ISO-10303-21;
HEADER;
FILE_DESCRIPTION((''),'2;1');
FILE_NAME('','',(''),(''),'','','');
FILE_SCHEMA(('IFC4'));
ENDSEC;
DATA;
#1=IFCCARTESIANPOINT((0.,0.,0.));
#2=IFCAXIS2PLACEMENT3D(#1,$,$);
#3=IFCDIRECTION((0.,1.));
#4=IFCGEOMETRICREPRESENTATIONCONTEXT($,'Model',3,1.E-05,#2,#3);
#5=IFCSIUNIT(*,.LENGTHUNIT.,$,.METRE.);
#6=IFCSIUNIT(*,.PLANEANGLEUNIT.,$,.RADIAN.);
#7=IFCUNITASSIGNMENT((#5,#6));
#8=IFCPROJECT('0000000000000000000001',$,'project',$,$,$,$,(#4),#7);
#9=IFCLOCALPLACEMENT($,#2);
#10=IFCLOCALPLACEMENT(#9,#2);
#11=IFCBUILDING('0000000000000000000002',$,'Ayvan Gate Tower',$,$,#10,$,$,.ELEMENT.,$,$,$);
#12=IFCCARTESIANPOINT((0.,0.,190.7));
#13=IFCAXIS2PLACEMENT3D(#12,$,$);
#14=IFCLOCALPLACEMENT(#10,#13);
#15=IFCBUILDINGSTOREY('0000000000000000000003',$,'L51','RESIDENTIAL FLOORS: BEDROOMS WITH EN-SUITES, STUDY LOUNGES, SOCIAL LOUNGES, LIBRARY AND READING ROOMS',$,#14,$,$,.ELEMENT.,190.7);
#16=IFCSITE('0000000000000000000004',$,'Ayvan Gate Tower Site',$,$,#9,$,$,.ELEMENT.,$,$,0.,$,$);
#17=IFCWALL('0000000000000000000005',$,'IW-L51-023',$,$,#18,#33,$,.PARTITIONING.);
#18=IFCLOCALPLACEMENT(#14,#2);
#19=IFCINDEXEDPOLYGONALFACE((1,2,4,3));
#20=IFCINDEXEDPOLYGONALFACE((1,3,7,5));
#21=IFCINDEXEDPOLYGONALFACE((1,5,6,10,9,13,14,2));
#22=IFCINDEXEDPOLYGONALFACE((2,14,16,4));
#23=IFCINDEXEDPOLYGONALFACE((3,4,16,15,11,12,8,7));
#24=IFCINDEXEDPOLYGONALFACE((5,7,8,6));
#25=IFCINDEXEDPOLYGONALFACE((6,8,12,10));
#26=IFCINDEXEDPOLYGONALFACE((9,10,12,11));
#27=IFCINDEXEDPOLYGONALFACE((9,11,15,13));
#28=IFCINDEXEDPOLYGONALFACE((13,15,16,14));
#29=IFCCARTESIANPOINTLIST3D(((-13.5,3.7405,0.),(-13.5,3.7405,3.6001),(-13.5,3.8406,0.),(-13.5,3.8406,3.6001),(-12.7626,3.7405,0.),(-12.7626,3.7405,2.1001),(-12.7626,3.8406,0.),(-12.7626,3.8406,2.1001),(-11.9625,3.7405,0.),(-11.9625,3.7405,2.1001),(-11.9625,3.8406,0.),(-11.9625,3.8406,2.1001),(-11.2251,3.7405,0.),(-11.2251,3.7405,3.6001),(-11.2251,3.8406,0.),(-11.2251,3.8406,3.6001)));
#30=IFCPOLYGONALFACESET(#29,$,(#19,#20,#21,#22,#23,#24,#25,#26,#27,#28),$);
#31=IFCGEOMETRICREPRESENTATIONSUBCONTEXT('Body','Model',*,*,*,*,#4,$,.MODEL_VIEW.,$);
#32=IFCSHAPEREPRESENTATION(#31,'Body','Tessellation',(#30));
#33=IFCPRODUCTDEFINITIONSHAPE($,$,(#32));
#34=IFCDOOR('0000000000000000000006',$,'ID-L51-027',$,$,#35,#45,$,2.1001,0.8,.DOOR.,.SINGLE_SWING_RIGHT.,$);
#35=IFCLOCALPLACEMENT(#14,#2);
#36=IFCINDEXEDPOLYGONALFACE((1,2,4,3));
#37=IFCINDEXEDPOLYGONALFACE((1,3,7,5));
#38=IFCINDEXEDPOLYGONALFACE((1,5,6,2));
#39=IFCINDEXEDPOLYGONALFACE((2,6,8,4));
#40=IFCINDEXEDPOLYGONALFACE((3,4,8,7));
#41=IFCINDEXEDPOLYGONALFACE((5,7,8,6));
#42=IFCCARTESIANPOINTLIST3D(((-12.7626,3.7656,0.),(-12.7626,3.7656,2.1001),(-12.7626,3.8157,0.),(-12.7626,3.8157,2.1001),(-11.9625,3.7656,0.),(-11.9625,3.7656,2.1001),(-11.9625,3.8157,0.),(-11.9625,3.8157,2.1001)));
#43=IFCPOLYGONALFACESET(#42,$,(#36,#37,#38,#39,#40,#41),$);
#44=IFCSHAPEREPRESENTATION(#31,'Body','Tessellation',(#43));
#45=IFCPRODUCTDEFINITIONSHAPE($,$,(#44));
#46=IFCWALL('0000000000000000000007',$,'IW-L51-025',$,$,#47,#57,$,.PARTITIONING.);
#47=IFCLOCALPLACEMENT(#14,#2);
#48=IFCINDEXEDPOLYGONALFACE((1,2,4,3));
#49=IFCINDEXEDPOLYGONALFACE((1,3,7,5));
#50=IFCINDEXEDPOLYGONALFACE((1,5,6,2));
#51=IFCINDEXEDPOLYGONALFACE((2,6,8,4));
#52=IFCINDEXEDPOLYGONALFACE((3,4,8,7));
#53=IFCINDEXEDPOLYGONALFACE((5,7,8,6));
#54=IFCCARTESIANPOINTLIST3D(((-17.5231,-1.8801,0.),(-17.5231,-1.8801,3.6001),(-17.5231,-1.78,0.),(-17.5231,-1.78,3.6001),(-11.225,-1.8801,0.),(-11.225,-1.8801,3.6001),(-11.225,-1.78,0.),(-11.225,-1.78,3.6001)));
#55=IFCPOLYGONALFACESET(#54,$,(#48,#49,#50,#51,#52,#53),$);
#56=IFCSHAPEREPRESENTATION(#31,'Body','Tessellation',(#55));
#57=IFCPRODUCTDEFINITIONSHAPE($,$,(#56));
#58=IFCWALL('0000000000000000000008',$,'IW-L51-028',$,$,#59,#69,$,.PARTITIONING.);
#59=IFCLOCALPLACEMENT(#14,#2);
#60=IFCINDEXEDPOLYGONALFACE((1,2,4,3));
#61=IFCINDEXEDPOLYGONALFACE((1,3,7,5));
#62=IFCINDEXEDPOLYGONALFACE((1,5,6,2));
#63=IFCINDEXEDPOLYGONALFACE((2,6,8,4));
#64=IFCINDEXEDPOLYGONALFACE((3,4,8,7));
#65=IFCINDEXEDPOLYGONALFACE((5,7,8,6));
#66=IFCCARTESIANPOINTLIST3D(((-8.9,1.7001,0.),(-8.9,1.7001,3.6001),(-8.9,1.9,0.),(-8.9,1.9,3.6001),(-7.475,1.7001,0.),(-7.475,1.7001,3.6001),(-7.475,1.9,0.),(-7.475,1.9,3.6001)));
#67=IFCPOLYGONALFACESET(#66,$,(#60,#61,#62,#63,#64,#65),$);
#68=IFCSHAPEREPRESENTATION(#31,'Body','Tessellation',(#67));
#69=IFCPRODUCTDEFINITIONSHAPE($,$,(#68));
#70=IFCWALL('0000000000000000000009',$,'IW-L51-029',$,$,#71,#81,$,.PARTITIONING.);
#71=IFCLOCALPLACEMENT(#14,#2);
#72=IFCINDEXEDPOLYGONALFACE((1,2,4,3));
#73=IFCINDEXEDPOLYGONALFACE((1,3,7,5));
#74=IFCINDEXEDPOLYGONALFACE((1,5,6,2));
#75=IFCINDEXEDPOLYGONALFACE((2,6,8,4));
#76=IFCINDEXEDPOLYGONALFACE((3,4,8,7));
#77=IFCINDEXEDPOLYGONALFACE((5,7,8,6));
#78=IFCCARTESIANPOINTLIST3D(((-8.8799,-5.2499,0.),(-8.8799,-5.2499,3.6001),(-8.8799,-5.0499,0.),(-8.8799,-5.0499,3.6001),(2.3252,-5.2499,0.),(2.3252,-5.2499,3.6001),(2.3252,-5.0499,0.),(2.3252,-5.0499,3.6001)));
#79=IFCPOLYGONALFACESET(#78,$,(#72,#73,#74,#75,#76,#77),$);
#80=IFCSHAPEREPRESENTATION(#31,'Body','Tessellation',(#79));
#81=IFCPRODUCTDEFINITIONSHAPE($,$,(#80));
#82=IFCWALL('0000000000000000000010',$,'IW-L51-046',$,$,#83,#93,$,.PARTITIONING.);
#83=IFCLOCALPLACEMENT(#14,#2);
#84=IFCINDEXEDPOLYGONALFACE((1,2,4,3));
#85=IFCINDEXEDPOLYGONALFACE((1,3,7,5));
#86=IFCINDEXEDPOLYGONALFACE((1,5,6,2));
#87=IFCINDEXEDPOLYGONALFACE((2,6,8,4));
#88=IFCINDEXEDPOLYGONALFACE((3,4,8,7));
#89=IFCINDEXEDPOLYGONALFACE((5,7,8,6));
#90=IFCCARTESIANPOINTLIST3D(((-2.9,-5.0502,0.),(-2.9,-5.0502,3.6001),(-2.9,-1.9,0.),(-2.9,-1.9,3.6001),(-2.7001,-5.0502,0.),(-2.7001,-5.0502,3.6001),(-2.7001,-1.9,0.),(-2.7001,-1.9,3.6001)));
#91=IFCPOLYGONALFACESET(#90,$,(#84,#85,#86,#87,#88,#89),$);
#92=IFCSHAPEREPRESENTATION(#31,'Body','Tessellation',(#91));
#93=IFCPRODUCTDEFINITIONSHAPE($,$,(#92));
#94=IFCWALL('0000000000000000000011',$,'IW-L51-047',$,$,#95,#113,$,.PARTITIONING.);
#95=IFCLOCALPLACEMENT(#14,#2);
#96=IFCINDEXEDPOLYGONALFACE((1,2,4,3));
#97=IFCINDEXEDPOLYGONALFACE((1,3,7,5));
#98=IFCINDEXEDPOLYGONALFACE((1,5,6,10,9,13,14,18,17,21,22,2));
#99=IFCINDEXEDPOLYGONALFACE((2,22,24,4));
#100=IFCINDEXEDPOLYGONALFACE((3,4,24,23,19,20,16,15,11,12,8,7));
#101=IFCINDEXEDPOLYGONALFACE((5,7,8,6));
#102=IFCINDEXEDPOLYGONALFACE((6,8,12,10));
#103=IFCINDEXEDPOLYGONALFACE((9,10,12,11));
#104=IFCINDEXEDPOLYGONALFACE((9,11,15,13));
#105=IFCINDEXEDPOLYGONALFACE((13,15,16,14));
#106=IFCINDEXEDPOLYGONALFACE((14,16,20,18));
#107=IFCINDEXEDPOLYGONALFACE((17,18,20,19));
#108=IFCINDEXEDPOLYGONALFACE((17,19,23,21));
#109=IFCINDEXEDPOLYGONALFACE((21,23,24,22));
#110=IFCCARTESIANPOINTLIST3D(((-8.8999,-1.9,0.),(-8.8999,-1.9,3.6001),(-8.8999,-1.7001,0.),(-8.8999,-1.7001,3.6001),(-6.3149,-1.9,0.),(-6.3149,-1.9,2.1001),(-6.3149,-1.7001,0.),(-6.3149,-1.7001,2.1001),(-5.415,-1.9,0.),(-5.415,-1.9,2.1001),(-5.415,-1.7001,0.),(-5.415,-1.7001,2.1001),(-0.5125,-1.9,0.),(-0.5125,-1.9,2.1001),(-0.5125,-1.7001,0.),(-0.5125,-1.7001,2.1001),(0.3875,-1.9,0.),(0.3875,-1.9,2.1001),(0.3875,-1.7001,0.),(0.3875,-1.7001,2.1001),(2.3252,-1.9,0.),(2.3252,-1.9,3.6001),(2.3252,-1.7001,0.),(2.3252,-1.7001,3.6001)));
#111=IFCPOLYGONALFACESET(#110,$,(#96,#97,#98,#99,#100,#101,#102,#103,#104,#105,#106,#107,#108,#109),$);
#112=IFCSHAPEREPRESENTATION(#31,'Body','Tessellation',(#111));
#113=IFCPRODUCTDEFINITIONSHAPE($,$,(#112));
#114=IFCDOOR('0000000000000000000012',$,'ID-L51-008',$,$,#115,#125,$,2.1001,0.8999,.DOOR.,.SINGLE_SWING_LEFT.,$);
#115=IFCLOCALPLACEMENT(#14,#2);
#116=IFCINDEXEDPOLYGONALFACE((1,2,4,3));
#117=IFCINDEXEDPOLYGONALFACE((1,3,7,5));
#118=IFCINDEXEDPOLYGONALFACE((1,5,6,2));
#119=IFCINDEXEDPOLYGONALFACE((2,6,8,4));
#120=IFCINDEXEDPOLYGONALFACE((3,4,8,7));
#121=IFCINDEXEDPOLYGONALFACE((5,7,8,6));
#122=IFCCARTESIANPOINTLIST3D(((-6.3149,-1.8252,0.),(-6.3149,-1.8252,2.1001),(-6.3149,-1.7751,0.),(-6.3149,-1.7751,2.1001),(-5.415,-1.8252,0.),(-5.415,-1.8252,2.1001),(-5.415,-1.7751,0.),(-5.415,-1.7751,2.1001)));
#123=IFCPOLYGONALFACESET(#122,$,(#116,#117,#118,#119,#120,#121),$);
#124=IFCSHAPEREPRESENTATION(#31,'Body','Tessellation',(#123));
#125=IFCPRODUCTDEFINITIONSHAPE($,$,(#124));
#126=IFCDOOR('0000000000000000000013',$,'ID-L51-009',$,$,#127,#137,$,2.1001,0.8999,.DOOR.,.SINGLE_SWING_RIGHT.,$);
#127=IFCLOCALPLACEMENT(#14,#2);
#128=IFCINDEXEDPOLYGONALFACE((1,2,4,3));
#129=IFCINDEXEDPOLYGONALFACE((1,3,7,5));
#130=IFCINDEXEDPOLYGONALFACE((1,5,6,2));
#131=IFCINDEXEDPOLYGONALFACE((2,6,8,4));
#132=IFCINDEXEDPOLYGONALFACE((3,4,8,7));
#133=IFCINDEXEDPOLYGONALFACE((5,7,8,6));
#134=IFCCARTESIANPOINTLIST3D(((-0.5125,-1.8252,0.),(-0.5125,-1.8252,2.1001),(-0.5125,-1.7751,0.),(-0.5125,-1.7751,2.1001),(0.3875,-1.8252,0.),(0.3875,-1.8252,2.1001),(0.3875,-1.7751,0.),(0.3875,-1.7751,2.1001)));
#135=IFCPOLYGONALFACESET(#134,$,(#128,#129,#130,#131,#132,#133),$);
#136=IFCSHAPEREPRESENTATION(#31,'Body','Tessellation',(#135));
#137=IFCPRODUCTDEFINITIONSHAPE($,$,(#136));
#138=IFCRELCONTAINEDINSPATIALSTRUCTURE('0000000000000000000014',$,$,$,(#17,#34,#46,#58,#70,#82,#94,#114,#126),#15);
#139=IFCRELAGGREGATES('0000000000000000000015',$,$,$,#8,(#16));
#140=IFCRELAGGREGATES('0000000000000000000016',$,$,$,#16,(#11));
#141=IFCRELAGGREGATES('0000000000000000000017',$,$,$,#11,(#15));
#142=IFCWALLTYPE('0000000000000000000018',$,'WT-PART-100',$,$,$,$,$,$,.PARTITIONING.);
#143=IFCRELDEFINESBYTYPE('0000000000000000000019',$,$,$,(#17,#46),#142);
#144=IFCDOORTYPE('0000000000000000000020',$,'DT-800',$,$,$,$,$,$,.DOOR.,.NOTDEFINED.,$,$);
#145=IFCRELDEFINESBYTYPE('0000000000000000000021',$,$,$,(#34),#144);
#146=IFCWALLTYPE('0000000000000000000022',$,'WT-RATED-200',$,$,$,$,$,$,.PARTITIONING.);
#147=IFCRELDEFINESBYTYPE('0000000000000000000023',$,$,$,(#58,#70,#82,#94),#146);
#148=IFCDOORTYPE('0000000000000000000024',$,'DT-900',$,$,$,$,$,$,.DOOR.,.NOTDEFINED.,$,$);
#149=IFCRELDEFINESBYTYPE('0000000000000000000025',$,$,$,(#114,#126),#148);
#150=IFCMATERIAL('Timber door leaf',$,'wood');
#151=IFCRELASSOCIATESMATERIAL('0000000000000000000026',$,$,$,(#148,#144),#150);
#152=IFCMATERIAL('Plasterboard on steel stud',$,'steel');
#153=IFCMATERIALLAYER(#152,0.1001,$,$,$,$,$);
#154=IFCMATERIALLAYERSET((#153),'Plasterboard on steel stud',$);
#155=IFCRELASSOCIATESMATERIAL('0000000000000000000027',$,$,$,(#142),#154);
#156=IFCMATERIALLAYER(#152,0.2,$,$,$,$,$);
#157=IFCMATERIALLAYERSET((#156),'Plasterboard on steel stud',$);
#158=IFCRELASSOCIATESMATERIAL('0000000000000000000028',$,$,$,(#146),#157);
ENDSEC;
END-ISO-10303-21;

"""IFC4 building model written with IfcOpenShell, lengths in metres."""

from ifc_helpers import new_model, si_unit, direction, frame, frame_2d, origin, place, context, subcontext, project, spatial, rectangle, extrude, material, layer, layer_set, type_object, element, fill, save


model = new_model("IFC4")

# Units and contexts
model_context = context("Model", 3, precision=1e-05, world=origin(), true_north=direction((0.0, 1.0)))
body_context = subcontext(model_context, "Body", "Model", "MODEL_VIEW")
ifc_project = project(units=[si_unit("LENGTHUNIT", "METRE"), si_unit("PLANEANGLEUNIT", "RADIAN")], contexts=[model_context])

# Site, building, storey
site_placement = place(None, origin())
site = spatial("IfcSite", under=ifc_project, at=site_placement, Name="Ayvan Gate Tower Site", CompositionType="ELEMENT", RefElevation=0.0)
building_placement = place(site_placement, origin())
building = spatial("IfcBuilding", under=site, at=building_placement, Name="Ayvan Gate Tower", CompositionType="ELEMENT")
storey_placement = place(building_placement, frame((0.0, 0.0, 190.7)))
storey = spatial("IfcBuildingStorey", under=building, at=storey_placement, Name="L51", Description="RESIDENTIAL FLOORS: BEDROOMS WITH EN-SUITES, STUDY LOUNGES, SOCIAL LOUNGES, LIBRARY AND READING ROOMS", CompositionType="ELEMENT", Elevation=190.7)

# Shared definitions
ifc_material_1 = material(Name="Timber door leaf", Category="wood")
door_type_1 = type_object("IfcDoorType", Name="DT-900", OperationType="NOTDEFINED", PredefinedType="DOOR", material=ifc_material_1)

# Shared definitions
ifc_material_2 = material(Name="Plasterboard on steel stud", Category="steel")
ifc_layer_1 = layer(ifc_material_2, 0.1001)
ifc_layer_set_1 = layer_set([ifc_layer_1], Name="Plasterboard on steel stud")
wall_type_1 = type_object("IfcWallType", Name="WT-PART-100", PredefinedType="PARTITIONING", material=ifc_layer_set_1)

# Wall, opening, door
wall_1_placement = place(storey_placement, frame((-11.2251, 3.7905, 0.0), z_axis=(0.0, 0.0, 1.0), x_axis=(-1.0, 0.0, 0.0)))
wall_1 = element("IfcWall", 1, at=wall_1_placement, inside=storey, type_object=wall_type_1, Name="IW-L51-023", PredefinedType="PARTITIONING", context=body_context, shape_type="SweptSolid", body=[
    extrude(rectangle(XDim=2.2749, YDim=0.1001, at=frame_2d((1.1375, 0.0))), origin(), (0.0, 0.0, 1.0), 3.6001),
])
opening_1_placement = place(wall_1_placement, frame((0.7375, 0.0, 0.0)))
opening_1 = element("IfcOpeningElement", 2, at=opening_1_placement, cuts=wall_1, PredefinedType="OPENING", context=body_context, shape_type="SweptSolid", body=[
    extrude(rectangle(XDim=0.8, YDim=2.1001, at=frame_2d((0.3999, 1.05))), frame((0.0, 0.0601, 0.0), z_axis=(0.0, -1.0, 0.0), x_axis=(1.0, 0.0, 0.0)), (0.0, 0.0, 1.0), 0.1201),
])
door_type_2 = type_object("IfcDoorType", Name="DT-800", OperationType="NOTDEFINED", PredefinedType="DOOR", material=ifc_material_1)
door_1_placement = place(opening_1_placement, origin())
door_1 = element("IfcDoor", 3, at=door_1_placement, inside=storey, type_object=door_type_2, Name="ID-L51-027", OperationType="SINGLE_SWING_RIGHT", OverallHeight=2.1001, OverallWidth=0.8, PredefinedType="DOOR", context=body_context, shape_type="SweptSolid", body=[
    extrude(rectangle(XDim=0.8, YDim=2.1001, at=frame_2d((0.3999, 1.05))), frame((0.0, 0.0249, 0.0), z_axis=(0.0, -1.0, 0.0), x_axis=(1.0, 0.0, 0.0)), (0.0, 0.0, 1.0), 0.05),
])
fill(opening_1, door_1)

# Walls
wall_2_placement = place(storey_placement, frame((-11.2251, -1.8301, 0.0), z_axis=(0.0, 0.0, 1.0), x_axis=(-1.0, 0.0, 0.0)))
element("IfcWall", 4, at=wall_2_placement, inside=storey, type_object=wall_type_1, Name="IW-L51-025", PredefinedType="PARTITIONING", context=body_context, shape_type="SweptSolid", body=[
    extrude(rectangle(XDim=6.2981, YDim=0.1001, at=frame_2d((3.1489, 0.0))), origin(), (0.0, 0.0, 1.0), 3.6001),
])
ifc_layer_2 = layer(ifc_material_2, 0.2)
ifc_layer_set_2 = layer_set([ifc_layer_2], Name="Plasterboard on steel stud")
wall_type_2 = type_object("IfcWallType", Name="WT-RATED-200", PredefinedType="PARTITIONING", material=ifc_layer_set_2)
wall_3_placement = place(storey_placement, frame((-8.8999, 1.8, 0.0), z_axis=(0.0, 0.0, 1.0), x_axis=(1.0, 0.0, 0.0)))
element("IfcWall", 5, at=wall_3_placement, inside=storey, type_object=wall_type_2, Name="IW-L51-028", PredefinedType="PARTITIONING", context=body_context, shape_type="SweptSolid", body=[
    extrude(rectangle(XDim=1.425, YDim=0.2, at=frame_2d((0.7124, 0.0))), origin(), (0.0, 0.0, 1.0), 3.6001),
])
wall_4_placement = place(storey_placement, frame((-8.8799, -5.1499, 0.0), z_axis=(0.0, 0.0, 1.0), x_axis=(1.0, 0.0, 0.0)))
element("IfcWall", 6, at=wall_4_placement, inside=storey, type_object=wall_type_2, Name="IW-L51-029", PredefinedType="PARTITIONING", context=body_context, shape_type="SweptSolid", body=[
    extrude(rectangle(XDim=11.2051, YDim=0.2, at=frame_2d((5.6025, 0.0))), origin(), (0.0, 0.0, 1.0), 3.6001),
])
wall_5_placement = place(storey_placement, frame((-2.8, -1.8999, 0.0), z_axis=(0.0, 0.0, 1.0), x_axis=(0.0, -1.0, 0.0)))
element("IfcWall", 7, at=wall_5_placement, inside=storey, type_object=wall_type_2, Name="IW-L51-046", PredefinedType="PARTITIONING", context=body_context, shape_type="SweptSolid", body=[
    extrude(rectangle(XDim=3.1501, YDim=0.2, at=frame_2d((1.5752, 0.0))), origin(), (0.0, 0.0, 1.0), 3.6001),
])

# Wall, openings, doors
wall_6_placement = place(storey_placement, frame((-8.8999, -1.8, 0.0), z_axis=(0.0, 0.0, 1.0), x_axis=(1.0, 0.0, 0.0)))
wall_6 = element("IfcWall", 8, at=wall_6_placement, inside=storey, type_object=wall_type_2, Name="IW-L51-047", PredefinedType="PARTITIONING", context=body_context, shape_type="SweptSolid", body=[
    extrude(rectangle(XDim=11.2251, YDim=0.2, at=frame_2d((5.6125, 0.0))), origin(), (0.0, 0.0, 1.0), 3.6001),
])
opening_2_placement = place(wall_6_placement, frame((2.585, 0.0, 0.0)))
opening_2 = element("IfcOpeningElement", 9, at=opening_2_placement, cuts=wall_6, PredefinedType="OPENING", context=body_context, shape_type="SweptSolid", body=[
    extrude(rectangle(XDim=0.8999, YDim=2.1001, at=frame_2d((0.45, 1.05))), frame((0.0, 0.1099, 0.0), z_axis=(0.0, -1.0, 0.0), x_axis=(1.0, 0.0, 0.0)), (0.0, 0.0, 1.0), 0.22),
])
opening_3_placement = place(wall_6_placement, frame((8.3875, 0.0, 0.0)))
opening_3 = element("IfcOpeningElement", 10, at=opening_3_placement, cuts=wall_6, PredefinedType="OPENING", context=body_context, shape_type="SweptSolid", body=[
    extrude(rectangle(XDim=0.8999, YDim=2.1001, at=frame_2d((0.45, 1.05))), frame((0.0, 0.1099, 0.0), z_axis=(0.0, -1.0, 0.0), x_axis=(1.0, 0.0, 0.0)), (0.0, 0.0, 1.0), 0.22),
])
door_2_placement = place(opening_2_placement, origin())
door_2 = element("IfcDoor", 11, at=door_2_placement, inside=storey, type_object=door_type_1, Name="ID-L51-008", OperationType="SINGLE_SWING_LEFT", OverallHeight=2.1001, OverallWidth=0.8999, PredefinedType="DOOR", context=body_context, shape_type="SweptSolid", body=[
    extrude(rectangle(XDim=0.8999, YDim=2.1001, at=frame_2d((0.45, 1.05))), frame((0.0, 0.0249, 0.0), z_axis=(0.0, -1.0, 0.0), x_axis=(1.0, 0.0, 0.0)), (0.0, 0.0, 1.0), 0.05),
])
fill(opening_2, door_2)
door_3_placement = place(opening_3_placement, origin())
door_3 = element("IfcDoor", 12, at=door_3_placement, inside=storey, type_object=door_type_1, Name="ID-L51-009", OperationType="SINGLE_SWING_RIGHT", OverallHeight=2.1001, OverallWidth=0.8999, PredefinedType="DOOR", context=body_context, shape_type="SweptSolid", body=[
    extrude(rectangle(XDim=0.8999, YDim=2.1001, at=frame_2d((0.45, 1.05))), frame((0.0, 0.0249, 0.0), z_axis=(0.0, -1.0, 0.0), x_axis=(1.0, 0.0, 0.0)), (0.0, 0.0, 1.0), 0.05),
])
fill(opening_3, door_3)

save(model, "model.ifc")
